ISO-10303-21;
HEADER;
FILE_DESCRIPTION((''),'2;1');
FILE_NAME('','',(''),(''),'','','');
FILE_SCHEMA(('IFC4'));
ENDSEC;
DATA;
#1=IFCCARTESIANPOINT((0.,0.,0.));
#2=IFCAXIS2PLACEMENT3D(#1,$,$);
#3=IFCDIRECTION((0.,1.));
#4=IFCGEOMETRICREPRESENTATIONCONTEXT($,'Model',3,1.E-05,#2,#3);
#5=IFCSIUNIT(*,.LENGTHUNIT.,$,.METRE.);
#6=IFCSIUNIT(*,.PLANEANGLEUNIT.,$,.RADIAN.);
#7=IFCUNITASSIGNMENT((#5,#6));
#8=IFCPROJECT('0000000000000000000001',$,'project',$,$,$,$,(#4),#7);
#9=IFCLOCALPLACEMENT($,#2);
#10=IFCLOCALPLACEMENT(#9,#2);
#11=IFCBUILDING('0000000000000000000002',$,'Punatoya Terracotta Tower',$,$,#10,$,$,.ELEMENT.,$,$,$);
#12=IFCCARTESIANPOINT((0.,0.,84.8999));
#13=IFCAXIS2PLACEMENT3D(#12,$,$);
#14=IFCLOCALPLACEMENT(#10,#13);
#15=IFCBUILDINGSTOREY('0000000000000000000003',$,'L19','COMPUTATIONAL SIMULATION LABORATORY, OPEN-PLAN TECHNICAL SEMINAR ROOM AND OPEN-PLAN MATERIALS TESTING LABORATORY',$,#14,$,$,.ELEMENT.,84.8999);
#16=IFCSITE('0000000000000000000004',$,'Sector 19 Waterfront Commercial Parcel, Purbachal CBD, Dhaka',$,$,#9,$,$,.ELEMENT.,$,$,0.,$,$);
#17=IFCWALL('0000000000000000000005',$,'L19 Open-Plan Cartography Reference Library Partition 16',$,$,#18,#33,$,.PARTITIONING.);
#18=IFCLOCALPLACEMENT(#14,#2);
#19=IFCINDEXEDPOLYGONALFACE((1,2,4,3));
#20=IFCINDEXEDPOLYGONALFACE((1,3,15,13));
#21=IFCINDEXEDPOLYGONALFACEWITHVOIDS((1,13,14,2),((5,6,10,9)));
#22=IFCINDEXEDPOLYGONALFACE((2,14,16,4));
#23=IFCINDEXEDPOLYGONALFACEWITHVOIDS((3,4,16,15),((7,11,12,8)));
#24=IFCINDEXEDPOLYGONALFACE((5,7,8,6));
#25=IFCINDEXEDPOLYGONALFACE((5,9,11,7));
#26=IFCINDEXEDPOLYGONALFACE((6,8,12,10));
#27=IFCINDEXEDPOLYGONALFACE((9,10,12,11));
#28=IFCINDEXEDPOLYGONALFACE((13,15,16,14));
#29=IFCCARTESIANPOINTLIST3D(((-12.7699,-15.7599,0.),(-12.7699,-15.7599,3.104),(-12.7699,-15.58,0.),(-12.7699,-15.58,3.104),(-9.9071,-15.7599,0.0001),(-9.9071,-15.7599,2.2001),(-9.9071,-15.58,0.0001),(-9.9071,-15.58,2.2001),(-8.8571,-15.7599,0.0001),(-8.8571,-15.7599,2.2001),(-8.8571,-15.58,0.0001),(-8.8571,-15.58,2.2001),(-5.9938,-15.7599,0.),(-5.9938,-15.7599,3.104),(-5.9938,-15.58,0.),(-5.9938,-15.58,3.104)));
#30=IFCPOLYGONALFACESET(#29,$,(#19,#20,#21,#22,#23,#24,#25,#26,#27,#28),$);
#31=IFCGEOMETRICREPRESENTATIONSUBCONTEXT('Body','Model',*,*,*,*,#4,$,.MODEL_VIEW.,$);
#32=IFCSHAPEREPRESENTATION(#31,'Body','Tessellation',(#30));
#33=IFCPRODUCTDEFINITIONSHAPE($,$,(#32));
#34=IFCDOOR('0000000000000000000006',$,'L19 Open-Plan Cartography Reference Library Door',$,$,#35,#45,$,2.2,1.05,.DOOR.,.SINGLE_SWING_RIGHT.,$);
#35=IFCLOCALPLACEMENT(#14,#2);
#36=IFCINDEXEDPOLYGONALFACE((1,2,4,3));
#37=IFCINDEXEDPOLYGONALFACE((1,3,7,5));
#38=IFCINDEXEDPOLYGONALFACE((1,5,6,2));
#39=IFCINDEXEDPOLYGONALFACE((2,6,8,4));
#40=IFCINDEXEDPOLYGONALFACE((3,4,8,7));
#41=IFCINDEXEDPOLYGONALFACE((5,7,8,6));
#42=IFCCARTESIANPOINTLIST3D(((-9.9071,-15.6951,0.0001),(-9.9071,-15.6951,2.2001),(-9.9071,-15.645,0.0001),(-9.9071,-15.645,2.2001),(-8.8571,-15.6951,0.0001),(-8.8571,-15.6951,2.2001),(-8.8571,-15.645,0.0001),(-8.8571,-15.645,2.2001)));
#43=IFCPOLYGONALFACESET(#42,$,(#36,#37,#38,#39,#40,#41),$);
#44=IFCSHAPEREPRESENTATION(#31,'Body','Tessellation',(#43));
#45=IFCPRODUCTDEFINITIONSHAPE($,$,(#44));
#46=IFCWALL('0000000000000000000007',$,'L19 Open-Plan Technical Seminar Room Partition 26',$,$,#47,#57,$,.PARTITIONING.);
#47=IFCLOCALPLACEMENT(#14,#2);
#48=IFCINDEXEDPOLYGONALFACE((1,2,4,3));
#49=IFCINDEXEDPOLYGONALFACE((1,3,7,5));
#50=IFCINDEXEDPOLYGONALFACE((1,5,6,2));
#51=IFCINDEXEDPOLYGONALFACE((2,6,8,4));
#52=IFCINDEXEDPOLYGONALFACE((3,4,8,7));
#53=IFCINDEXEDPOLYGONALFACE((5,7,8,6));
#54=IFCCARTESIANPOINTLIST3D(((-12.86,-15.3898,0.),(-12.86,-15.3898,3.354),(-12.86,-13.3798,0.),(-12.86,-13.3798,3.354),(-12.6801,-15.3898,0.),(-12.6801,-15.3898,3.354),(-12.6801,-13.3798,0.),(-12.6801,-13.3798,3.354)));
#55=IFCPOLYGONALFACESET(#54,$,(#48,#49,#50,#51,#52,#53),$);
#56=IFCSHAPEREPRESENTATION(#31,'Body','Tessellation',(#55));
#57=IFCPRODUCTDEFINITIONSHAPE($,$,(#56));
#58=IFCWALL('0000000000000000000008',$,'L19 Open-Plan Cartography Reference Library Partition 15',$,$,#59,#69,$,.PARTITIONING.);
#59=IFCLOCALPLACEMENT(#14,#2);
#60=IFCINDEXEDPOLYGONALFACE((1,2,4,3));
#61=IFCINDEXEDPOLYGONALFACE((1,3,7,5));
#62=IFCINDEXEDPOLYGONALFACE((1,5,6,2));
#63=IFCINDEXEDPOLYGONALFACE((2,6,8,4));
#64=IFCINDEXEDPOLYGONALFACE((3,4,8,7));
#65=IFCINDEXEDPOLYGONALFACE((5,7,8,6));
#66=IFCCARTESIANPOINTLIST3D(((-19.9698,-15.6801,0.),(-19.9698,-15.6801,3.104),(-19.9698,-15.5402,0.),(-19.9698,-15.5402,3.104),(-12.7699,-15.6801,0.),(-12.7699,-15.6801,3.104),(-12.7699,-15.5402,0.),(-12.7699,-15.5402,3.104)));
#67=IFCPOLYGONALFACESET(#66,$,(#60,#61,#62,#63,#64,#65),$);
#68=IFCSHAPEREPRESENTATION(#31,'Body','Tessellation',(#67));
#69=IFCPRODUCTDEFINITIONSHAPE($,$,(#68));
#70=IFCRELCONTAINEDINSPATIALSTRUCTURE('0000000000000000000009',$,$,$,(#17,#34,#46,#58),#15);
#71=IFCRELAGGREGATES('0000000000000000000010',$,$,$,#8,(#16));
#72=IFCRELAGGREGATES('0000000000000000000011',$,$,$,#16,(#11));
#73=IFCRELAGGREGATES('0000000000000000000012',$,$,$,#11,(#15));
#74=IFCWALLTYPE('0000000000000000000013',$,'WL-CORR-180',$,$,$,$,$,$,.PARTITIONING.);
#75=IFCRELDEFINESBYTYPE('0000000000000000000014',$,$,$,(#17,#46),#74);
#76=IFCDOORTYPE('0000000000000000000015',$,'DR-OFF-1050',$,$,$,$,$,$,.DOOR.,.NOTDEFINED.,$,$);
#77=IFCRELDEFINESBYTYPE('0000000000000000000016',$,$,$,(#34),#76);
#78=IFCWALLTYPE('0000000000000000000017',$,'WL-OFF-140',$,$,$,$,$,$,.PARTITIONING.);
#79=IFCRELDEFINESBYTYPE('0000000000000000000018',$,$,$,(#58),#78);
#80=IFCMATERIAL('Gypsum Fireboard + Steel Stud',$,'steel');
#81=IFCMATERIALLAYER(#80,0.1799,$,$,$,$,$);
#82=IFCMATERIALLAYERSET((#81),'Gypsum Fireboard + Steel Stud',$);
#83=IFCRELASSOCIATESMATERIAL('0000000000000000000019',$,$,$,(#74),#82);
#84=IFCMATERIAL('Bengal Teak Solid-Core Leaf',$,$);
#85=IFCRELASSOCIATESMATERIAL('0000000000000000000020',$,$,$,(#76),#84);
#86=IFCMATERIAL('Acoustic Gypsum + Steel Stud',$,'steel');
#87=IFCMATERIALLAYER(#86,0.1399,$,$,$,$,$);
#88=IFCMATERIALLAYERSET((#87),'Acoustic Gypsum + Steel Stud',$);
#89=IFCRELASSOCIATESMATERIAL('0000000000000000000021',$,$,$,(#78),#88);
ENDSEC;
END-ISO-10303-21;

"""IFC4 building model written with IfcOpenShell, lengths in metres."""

from ifc_helpers import new_model, si_unit, direction, frame, frame_2d, origin, place, context, subcontext, project, spatial, rectangle, extrude, material, layer, layer_set, type_object, element, fill, save


model = new_model("IFC4")

# Units and contexts
model_context = context("Model", 3, precision=1e-05, world=origin(), true_north=direction((0.0, 1.0)))
body_context = subcontext(model_context, "Body", "Model", "MODEL_VIEW")
ifc_project = project(units=[si_unit("LENGTHUNIT", "METRE"), si_unit("PLANEANGLEUNIT", "RADIAN")], contexts=[model_context])

# Site, building, storey
site_placement = place(None, origin())
site = spatial("IfcSite", under=ifc_project, at=site_placement, Name="Sector 19 Waterfront Commercial Parcel, Purbachal CBD, Dhaka", CompositionType="ELEMENT", RefElevation=0.0)
building_placement = place(site_placement, origin())
building = spatial("IfcBuilding", under=site, at=building_placement, Name="Punatoya Terracotta Tower", CompositionType="ELEMENT")
storey_placement = place(building_placement, frame((0.0, 0.0, 84.8999)))
storey = spatial("IfcBuildingStorey", under=building, at=storey_placement, Name="L19", Description="COMPUTATIONAL SIMULATION LABORATORY, OPEN-PLAN TECHNICAL SEMINAR ROOM AND OPEN-PLAN MATERIALS TESTING LABORATORY", CompositionType="ELEMENT", Elevation=84.8999)

# Wall, opening, door
ifc_material_1 = material(Name="Gypsum Fireboard + Steel Stud", Category="steel")
ifc_layer_1 = layer(ifc_material_1, 0.1799)
ifc_layer_set_1 = layer_set([ifc_layer_1], Name="Gypsum Fireboard + Steel Stud")
wall_type_1 = type_object("IfcWallType", Name="WL-CORR-180", PredefinedType="PARTITIONING", material=ifc_layer_set_1)
wall_1_placement = place(storey_placement, frame((-12.77, -15.6699, 0.0), z_axis=(0.0, 0.0, 1.0), x_axis=(1.0, 0.0, 0.0)))
wall_1 = element("IfcWall", 1, at=wall_1_placement, inside=storey, type_object=wall_type_1, Name="L19 Open-Plan Cartography Reference Library Partition 16", PredefinedType="PARTITIONING", context=body_context, shape_type="SweptSolid", body=[
    extrude(rectangle(XDim=6.7761, YDim=0.1799, at=frame_2d((3.3882, 0.0))), origin(), (0.0, 0.0, 1.0), 3.104),
])
opening_placement = place(wall_1_placement, frame((2.863, 0.0, 0.0)))
opening = element("IfcOpeningElement", 2, at=opening_placement, cuts=wall_1, PredefinedType="OPENING", context=body_context, shape_type="SweptSolid", body=[
    extrude(rectangle(XDim=1.05, YDim=2.2, at=frame_2d((0.5249, 1.1001))), frame((0.0, 0.0999, 0.0), z_axis=(0.0, -1.0, 0.0), x_axis=(1.0, 0.0, 0.0)), (0.0, 0.0, 1.0), 0.2),
])
ifc_material_2 = material(Name="Bengal Teak Solid-Core Leaf")
door_type = type_object("IfcDoorType", Name="DR-OFF-1050", OperationType="NOTDEFINED", PredefinedType="DOOR", material=ifc_material_2)
door_placement = place(opening_placement, origin())
door = element("IfcDoor", 3, at=door_placement, inside=storey, type_object=door_type, Name="L19 Open-Plan Cartography Reference Library Door", OperationType="SINGLE_SWING_RIGHT", OverallHeight=2.2, OverallWidth=1.05, PredefinedType="DOOR", context=body_context, shape_type="SweptSolid", body=[
    extrude(rectangle(XDim=1.05, YDim=2.2, at=frame_2d((0.5249, 1.1001))), frame((0.0, 0.0249, 0.0), z_axis=(0.0, -1.0, 0.0), x_axis=(1.0, 0.0, 0.0)), (0.0, 0.0, 1.0), 0.05),
])
fill(opening, door)

# Walls
wall_2_placement = place(storey_placement, frame((-12.77, -13.3799, 0.0), z_axis=(0.0, 0.0, 1.0), x_axis=(0.0, -1.0, 0.0)))
element("IfcWall", 4, at=wall_2_placement, inside=storey, type_object=wall_type_1, Name="L19 Open-Plan Technical Seminar Room Partition 26", PredefinedType="PARTITIONING", context=body_context, shape_type="SweptSolid", body=[
    extrude(rectangle(XDim=2.01, YDim=0.1799, at=frame_2d((1.0049, 0.0))), origin(), (0.0, 0.0, 1.0), 3.354),
])
ifc_material_3 = material(Name="Acoustic Gypsum + Steel Stud", Category="steel")
ifc_layer_2 = layer(ifc_material_3, 0.1399)
ifc_layer_set_2 = layer_set([ifc_layer_2], Name="Acoustic Gypsum + Steel Stud")
wall_type_2 = type_object("IfcWallType", Name="WL-OFF-140", PredefinedType="PARTITIONING", material=ifc_layer_set_2)
wall_3_placement = place(storey_placement, frame((-19.97, -15.6101, 0.0), z_axis=(0.0, 0.0, 1.0), x_axis=(1.0, 0.0, 0.0)))
element("IfcWall", 5, at=wall_3_placement, inside=storey, type_object=wall_type_2, Name="L19 Open-Plan Cartography Reference Library Partition 15", PredefinedType="PARTITIONING", context=body_context, shape_type="SweptSolid", body=[
    extrude(rectangle(XDim=7.2, YDim=0.1399, at=frame_2d((3.6001, 0.0))), origin(), (0.0, 0.0, 1.0), 3.104),
])

save(model, "model.ifc")
